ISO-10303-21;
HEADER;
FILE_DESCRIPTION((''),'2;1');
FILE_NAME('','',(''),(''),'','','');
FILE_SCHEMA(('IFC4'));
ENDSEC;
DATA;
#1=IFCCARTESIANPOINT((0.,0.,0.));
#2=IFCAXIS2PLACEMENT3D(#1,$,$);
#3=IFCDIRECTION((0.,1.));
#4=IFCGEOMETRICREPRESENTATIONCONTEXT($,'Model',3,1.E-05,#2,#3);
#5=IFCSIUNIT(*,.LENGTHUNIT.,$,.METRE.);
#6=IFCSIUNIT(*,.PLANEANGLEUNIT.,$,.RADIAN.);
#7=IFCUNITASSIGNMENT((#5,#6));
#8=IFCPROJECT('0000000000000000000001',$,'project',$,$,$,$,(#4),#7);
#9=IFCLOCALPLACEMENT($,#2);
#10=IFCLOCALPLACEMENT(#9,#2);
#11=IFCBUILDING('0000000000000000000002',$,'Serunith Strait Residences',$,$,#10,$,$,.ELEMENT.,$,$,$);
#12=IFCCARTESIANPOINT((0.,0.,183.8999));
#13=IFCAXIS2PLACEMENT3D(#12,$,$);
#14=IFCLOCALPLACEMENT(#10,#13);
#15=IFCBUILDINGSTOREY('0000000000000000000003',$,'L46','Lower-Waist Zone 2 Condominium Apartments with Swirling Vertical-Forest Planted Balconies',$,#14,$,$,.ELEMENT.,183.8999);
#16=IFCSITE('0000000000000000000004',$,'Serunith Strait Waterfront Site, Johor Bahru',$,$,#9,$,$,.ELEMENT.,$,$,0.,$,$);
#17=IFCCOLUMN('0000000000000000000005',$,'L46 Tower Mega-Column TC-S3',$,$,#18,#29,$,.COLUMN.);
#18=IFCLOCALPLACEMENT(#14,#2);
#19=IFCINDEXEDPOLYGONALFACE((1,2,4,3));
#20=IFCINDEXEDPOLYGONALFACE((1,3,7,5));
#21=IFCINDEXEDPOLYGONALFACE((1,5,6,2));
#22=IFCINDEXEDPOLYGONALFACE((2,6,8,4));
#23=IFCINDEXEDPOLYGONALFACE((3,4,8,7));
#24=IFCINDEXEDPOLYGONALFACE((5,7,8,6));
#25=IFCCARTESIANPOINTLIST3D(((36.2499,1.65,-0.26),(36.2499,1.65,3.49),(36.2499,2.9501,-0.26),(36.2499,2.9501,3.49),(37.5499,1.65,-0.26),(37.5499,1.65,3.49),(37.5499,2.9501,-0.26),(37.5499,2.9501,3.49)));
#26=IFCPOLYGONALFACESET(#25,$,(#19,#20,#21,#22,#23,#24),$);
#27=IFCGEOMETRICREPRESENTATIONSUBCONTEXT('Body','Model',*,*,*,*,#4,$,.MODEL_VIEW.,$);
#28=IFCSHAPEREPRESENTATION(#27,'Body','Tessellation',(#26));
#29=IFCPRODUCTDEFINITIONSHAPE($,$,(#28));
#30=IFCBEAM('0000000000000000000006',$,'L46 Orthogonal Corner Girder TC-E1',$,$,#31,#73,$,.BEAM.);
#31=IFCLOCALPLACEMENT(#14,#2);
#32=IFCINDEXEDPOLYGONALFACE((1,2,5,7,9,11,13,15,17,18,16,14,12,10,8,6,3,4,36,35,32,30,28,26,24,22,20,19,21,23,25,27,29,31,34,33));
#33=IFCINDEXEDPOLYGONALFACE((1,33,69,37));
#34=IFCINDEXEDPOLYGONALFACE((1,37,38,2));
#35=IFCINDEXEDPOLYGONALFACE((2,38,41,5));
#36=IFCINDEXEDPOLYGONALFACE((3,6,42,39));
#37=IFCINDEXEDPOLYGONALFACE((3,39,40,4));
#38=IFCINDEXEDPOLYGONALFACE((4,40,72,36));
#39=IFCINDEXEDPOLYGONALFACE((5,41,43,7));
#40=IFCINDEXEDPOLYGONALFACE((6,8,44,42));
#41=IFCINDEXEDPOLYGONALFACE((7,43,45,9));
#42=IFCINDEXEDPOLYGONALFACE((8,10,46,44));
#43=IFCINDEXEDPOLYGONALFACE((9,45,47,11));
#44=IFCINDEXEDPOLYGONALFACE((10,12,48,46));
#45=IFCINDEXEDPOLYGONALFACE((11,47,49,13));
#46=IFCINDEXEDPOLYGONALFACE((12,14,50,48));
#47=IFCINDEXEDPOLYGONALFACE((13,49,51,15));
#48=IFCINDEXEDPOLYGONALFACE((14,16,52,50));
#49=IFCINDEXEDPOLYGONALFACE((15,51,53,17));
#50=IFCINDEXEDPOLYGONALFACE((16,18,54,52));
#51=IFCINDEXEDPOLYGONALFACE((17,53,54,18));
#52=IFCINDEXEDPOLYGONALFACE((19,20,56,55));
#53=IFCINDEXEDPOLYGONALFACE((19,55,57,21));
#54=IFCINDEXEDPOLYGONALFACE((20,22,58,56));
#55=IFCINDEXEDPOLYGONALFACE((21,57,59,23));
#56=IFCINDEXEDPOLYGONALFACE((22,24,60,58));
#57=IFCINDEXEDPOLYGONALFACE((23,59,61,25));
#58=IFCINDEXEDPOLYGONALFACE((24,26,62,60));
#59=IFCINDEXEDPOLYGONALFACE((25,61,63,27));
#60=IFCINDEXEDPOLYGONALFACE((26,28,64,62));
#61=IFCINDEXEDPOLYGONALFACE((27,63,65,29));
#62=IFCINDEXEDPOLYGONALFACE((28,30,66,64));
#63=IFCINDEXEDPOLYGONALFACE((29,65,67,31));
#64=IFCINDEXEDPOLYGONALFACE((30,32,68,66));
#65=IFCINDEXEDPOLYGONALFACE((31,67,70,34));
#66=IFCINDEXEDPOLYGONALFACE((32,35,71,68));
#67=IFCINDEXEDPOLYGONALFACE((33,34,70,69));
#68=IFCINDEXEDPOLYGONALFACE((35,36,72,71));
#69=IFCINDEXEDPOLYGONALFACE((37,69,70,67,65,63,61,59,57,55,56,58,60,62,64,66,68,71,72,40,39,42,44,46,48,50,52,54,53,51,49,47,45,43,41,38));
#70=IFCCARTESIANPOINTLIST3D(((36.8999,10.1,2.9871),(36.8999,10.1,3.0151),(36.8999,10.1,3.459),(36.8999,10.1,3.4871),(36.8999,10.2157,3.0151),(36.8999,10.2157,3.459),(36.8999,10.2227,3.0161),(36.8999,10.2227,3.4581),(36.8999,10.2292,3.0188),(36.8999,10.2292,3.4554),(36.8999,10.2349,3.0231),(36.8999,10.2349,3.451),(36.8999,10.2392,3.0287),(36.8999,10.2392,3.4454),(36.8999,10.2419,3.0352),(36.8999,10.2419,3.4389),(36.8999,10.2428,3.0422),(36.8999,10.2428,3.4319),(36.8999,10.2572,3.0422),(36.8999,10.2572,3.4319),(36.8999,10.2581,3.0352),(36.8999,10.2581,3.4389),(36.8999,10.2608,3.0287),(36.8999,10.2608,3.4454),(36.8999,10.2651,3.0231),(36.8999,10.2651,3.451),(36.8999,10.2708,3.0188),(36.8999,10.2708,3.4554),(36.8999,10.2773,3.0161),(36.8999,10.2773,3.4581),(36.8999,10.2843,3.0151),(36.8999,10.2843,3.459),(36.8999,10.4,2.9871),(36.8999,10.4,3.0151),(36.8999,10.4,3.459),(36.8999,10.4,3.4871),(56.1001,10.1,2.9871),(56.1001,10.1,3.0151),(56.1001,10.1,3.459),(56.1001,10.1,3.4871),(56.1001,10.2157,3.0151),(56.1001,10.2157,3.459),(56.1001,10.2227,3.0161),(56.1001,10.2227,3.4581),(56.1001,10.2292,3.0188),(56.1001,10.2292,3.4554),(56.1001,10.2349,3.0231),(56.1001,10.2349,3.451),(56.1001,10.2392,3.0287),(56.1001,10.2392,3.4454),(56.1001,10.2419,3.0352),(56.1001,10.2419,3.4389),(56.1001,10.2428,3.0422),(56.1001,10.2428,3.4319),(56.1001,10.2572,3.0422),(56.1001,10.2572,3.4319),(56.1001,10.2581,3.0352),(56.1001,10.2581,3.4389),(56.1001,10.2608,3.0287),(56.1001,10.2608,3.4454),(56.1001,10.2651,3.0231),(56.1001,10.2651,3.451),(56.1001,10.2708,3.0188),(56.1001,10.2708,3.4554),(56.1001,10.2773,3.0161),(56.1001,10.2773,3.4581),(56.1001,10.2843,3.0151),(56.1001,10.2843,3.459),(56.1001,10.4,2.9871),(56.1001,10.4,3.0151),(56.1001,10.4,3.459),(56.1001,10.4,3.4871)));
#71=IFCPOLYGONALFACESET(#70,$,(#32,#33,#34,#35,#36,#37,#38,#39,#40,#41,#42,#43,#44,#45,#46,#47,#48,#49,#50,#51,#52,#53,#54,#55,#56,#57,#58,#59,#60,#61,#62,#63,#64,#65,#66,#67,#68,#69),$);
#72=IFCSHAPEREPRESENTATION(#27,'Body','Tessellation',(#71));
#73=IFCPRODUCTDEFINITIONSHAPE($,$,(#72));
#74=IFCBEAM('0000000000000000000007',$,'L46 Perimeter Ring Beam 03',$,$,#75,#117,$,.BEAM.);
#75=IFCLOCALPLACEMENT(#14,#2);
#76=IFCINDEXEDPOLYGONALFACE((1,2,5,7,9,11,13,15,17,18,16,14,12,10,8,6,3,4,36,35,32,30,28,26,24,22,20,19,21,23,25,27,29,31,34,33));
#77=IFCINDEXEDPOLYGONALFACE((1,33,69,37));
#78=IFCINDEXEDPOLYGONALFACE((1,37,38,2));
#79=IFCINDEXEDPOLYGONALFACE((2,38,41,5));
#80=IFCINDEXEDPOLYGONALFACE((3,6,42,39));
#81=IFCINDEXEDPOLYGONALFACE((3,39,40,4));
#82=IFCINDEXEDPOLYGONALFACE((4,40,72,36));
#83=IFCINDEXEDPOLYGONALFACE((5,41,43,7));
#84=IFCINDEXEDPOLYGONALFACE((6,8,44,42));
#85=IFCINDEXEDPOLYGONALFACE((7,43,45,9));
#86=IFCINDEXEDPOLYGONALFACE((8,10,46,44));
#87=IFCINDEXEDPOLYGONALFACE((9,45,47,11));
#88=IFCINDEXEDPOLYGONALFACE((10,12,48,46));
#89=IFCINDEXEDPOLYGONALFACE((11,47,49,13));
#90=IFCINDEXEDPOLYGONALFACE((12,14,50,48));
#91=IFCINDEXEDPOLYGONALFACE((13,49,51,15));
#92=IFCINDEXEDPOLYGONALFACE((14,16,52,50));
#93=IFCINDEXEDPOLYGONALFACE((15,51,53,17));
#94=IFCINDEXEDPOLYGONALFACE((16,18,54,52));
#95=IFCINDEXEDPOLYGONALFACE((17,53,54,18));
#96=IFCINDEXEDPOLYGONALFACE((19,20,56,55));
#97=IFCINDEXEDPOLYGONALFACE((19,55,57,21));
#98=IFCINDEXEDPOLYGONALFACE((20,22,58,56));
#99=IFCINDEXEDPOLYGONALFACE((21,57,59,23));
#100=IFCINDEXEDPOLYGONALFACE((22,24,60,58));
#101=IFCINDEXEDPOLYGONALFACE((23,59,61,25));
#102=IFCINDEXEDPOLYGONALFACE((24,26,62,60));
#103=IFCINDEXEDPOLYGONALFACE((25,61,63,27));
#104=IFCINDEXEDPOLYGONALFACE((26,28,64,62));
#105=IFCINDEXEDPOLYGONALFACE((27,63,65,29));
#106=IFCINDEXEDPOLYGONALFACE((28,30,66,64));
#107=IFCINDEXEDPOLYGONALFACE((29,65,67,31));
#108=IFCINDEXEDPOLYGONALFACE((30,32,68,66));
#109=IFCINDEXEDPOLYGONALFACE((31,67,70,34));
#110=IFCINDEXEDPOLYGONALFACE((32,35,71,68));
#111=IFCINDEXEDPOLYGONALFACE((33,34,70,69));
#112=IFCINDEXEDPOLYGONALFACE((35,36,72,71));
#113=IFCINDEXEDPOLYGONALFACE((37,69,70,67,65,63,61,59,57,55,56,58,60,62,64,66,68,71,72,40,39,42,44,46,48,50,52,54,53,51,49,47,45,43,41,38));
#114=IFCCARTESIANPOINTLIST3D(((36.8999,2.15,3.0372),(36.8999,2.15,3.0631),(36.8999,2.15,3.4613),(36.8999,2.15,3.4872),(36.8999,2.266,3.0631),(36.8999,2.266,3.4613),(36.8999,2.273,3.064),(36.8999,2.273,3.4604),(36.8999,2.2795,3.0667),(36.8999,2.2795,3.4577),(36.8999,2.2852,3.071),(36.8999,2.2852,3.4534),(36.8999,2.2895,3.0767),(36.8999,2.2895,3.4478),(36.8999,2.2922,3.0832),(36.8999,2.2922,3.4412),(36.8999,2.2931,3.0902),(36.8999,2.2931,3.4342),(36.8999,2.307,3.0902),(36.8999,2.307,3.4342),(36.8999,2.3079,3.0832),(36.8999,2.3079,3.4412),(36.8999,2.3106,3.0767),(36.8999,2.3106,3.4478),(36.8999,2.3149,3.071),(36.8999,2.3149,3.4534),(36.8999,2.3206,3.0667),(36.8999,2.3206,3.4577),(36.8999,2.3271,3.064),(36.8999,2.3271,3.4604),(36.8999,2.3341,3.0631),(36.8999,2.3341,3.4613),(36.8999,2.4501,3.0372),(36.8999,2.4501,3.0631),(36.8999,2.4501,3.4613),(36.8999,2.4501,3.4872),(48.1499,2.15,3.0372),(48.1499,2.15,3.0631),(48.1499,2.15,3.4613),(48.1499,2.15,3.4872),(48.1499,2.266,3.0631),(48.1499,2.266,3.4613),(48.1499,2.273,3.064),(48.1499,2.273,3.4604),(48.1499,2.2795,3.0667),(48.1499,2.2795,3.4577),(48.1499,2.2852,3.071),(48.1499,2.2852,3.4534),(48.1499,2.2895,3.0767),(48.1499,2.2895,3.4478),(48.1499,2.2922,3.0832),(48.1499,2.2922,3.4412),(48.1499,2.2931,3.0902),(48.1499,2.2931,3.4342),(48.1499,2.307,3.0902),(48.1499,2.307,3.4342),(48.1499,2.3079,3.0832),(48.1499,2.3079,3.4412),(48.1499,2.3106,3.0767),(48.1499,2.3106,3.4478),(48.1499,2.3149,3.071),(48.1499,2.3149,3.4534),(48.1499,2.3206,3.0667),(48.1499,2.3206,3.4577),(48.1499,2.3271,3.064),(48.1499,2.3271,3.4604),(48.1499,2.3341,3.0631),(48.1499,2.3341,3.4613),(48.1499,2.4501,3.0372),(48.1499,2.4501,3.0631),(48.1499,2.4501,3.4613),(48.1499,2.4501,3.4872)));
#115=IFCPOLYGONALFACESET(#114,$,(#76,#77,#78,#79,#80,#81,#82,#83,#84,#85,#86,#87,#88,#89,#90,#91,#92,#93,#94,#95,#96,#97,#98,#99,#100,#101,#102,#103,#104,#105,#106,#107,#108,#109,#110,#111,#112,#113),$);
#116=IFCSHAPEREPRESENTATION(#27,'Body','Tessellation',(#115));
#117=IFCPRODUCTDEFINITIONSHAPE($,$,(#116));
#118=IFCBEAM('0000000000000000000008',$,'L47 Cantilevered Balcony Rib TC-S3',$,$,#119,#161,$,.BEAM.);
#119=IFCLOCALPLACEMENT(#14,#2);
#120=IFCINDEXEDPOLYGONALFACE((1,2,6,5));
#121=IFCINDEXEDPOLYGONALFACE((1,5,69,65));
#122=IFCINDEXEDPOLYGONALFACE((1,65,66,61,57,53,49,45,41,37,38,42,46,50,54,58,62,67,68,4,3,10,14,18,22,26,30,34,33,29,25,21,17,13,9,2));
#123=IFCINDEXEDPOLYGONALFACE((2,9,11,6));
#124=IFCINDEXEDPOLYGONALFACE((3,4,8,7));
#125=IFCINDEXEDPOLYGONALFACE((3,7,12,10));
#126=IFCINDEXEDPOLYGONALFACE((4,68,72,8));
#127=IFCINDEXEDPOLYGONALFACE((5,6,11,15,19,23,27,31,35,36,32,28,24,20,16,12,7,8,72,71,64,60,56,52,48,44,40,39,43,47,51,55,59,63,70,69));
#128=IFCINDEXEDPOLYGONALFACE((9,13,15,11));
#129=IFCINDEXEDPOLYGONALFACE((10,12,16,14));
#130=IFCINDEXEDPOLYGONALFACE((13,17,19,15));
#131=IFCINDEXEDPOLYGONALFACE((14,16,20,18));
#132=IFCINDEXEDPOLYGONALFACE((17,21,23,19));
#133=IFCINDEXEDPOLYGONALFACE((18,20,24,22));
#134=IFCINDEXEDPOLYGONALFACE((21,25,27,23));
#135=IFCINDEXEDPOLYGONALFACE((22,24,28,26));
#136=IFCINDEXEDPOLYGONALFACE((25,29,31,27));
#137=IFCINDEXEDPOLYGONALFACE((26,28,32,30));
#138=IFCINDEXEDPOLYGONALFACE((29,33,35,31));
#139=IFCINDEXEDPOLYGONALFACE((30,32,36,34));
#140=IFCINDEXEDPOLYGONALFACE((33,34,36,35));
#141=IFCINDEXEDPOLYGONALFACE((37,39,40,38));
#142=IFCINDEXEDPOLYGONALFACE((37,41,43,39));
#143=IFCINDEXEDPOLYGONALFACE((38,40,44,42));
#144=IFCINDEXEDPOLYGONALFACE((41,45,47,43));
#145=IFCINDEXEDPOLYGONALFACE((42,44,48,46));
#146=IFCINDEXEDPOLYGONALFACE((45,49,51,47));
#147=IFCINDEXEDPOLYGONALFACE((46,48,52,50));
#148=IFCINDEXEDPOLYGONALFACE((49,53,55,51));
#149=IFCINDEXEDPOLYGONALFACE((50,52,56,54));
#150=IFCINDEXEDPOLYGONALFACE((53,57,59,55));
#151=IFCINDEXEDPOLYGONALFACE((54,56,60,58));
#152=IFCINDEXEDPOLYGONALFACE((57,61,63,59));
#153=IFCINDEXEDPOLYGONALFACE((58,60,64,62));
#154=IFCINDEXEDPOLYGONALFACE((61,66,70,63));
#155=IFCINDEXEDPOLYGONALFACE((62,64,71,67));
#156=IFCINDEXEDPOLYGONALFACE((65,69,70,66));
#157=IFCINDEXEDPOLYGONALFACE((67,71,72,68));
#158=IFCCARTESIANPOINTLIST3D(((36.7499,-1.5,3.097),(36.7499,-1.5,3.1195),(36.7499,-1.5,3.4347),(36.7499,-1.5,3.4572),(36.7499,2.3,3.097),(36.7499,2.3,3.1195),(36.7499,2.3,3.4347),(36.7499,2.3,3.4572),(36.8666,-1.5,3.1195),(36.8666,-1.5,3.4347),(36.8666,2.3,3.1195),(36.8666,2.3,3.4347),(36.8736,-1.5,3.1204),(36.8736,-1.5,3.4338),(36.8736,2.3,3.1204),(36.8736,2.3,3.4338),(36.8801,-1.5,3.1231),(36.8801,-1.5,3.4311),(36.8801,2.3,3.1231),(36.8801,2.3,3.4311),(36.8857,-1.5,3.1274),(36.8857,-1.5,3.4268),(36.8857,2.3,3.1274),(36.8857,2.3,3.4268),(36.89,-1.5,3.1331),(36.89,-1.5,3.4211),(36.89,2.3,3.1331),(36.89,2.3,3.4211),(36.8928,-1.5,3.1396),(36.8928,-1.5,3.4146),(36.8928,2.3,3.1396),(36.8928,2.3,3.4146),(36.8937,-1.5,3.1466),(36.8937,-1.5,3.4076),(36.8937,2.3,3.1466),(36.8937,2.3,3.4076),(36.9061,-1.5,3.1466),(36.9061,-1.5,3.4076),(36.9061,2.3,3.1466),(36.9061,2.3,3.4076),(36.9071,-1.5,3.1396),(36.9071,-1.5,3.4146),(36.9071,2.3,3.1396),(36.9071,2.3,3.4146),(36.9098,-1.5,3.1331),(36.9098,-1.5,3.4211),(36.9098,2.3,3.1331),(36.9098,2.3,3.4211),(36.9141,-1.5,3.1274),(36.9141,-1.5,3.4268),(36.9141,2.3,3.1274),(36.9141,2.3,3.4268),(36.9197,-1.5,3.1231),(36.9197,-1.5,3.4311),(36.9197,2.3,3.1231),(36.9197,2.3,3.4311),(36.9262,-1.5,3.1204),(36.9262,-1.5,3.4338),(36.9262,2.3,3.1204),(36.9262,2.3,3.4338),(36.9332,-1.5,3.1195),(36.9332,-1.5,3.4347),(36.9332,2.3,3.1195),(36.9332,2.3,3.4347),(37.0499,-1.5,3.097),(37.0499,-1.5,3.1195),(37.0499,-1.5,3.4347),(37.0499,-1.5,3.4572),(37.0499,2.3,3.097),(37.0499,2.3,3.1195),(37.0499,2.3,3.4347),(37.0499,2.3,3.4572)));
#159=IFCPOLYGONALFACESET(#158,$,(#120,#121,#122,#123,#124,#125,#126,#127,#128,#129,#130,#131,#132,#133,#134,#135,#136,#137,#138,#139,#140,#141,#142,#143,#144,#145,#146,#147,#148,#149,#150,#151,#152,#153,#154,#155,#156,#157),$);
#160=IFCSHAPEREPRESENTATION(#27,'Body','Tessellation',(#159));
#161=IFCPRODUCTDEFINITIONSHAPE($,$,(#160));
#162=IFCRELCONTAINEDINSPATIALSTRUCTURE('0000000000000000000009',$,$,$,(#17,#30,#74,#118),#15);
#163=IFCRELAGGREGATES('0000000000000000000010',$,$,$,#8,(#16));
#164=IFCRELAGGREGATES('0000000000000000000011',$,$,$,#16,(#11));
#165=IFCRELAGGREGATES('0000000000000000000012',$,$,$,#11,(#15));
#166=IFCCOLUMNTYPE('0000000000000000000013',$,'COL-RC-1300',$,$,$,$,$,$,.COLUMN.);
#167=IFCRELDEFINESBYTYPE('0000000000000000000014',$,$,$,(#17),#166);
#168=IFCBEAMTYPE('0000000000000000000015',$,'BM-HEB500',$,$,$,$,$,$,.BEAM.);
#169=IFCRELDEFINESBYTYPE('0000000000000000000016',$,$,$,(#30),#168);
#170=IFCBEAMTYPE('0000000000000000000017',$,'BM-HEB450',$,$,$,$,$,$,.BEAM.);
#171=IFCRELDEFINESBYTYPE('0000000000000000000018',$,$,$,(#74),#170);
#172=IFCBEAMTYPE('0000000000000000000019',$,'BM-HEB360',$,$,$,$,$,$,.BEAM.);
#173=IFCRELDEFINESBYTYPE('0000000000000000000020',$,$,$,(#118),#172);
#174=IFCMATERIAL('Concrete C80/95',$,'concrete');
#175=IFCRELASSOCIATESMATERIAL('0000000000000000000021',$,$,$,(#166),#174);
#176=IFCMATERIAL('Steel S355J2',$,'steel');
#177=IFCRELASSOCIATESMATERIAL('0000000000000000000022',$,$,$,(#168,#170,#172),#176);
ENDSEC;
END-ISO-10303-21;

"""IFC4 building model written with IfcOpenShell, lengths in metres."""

from ifc_helpers import new_model, si_unit, direction, frame, origin, origin_2d, place, context, subcontext, project, spatial, rectangle, i_section, extrude, source, transform, mapped, material, material_profile, profile_set, type_object, element, save


model = new_model("IFC4")

# Units and contexts
model_context = context("Model", 3, precision=1e-05, world=origin(), true_north=direction((0.0, 1.0)))
body_context = subcontext(model_context, "Body", "Model", "MODEL_VIEW")
ifc_project = project(units=[si_unit("LENGTHUNIT", "METRE"), si_unit("PLANEANGLEUNIT", "RADIAN")], contexts=[model_context])

# Site, building, storey
site_placement = place(None, origin())
site = spatial("IfcSite", under=ifc_project, at=site_placement, Name="Serunith Strait Waterfront Site, Johor Bahru", CompositionType="ELEMENT", RefElevation=0.0)
building_placement = place(site_placement, origin())
building = spatial("IfcBuilding", under=site, at=building_placement, Name="Serunith Strait Residences", CompositionType="ELEMENT")
storey_placement = place(building_placement, frame((0.0, 0.0, 183.8999)))
storey = spatial("IfcBuildingStorey", under=building, at=storey_placement, Name="L46", Description="Lower-Waist Zone 2 Condominium Apartments with Swirling Vertical-Forest Planted Balconies", CompositionType="ELEMENT", Elevation=183.8999)

# Column
ifc_material_1 = material(Name="Concrete C80/95", Category="concrete")
ifc_material_profile_1 = material_profile(ifc_material_1, rectangle(XDim=1.3, YDim=1.3, at=origin_2d()), Name="RC 1300x1300")
ifc_profile_set_1 = profile_set([ifc_material_profile_1], Name="Concrete C80/95")
column_type = type_object("IfcColumnType", Name="COL-RC-1300", PredefinedType="COLUMN", material=ifc_profile_set_1)
shared_shape_1 = source(origin(), body_context, "Body", "SweptSolid", [
    extrude(rectangle(XDim=1.3, YDim=1.3, at=origin_2d()), origin(), (0.0, 0.0, 1.0), 3.75),
])
column_placement = place(storey_placement, frame((36.8999, 2.3, -0.26), z_axis=(0.0, 0.0, 1.0), x_axis=(1.0, 0.0, 0.0)))
element("IfcColumn", 1, at=column_placement, inside=storey, type_object=column_type, Name="L46 Tower Mega-Column TC-S3", PredefinedType="COLUMN", context=body_context, shape_type="MappedRepresentation", body=[
    mapped(shared_shape_1, transform((0.0, 0.0, 0.0), scale=1.0)),
])

# Beams
ifc_material_2 = material(Name="Steel S355J2", Category="steel")
ifc_material_profile_2 = material_profile(ifc_material_2, i_section(OverallWidth=0.3, OverallDepth=0.5, WebThickness=0.0144, FlangeThickness=0.0281, FilletRadius=0.0271, at=origin_2d()), Name="HEB 500")
ifc_profile_set_2 = profile_set([ifc_material_profile_2], Name="Steel S355J2")
beam_type_1 = type_object("IfcBeamType", Name="BM-HEB500", PredefinedType="BEAM", material=ifc_profile_set_2)
shared_shape_2 = source(origin(), body_context, "Body", "SweptSolid", [
    extrude(i_section(OverallWidth=0.3, OverallDepth=0.5, WebThickness=0.0144, FlangeThickness=0.0281, FilletRadius=0.0271, at=origin_2d()), origin(), (0.0, 0.0, 1.0), 19.2002),
])
beam_1_placement = place(storey_placement, frame((36.8999, 10.25, 3.2371), z_axis=(1.0, 0.0, 0.0), x_axis=(0.0, 1.0, 0.0)))
element("IfcBeam", 2, at=beam_1_placement, inside=storey, type_object=beam_type_1, Name="L46 Orthogonal Corner Girder TC-E1", PredefinedType="BEAM", context=body_context, shape_type="MappedRepresentation", body=[
    mapped(shared_shape_2, transform((0.0, 0.0, 0.0), scale=1.0)),
])
ifc_material_profile_3 = material_profile(ifc_material_2, i_section(OverallWidth=0.3, OverallDepth=0.45, WebThickness=0.0139, FlangeThickness=0.0259, FilletRadius=0.0271, at=origin_2d()), Name="HEB 450")
ifc_profile_set_3 = profile_set([ifc_material_profile_3], Name="Steel S355J2")
beam_type_2 = type_object("IfcBeamType", Name="BM-HEB450", PredefinedType="BEAM", material=ifc_profile_set_3)
shared_shape_3 = source(origin(), body_context, "Body", "SweptSolid", [
    extrude(i_section(OverallWidth=0.3, OverallDepth=0.45, WebThickness=0.0139, FlangeThickness=0.0259, FilletRadius=0.0271, at=origin_2d()), origin(), (0.0, 0.0, 1.0), 11.25),
])
beam_2_placement = place(storey_placement, frame((36.8999, 2.3, 3.2622), z_axis=(1.0, 0.0, 0.0), x_axis=(0.0, 1.0, 0.0)))
element("IfcBeam", 3, at=beam_2_placement, inside=storey, type_object=beam_type_2, Name="L46 Perimeter Ring Beam 03", PredefinedType="BEAM", context=body_context, shape_type="MappedRepresentation", body=[
    mapped(shared_shape_3, transform((0.0, 0.0, 0.0), scale=1.0)),
])
ifc_material_profile_4 = material_profile(ifc_material_2, i_section(OverallWidth=0.3, OverallDepth=0.3601, WebThickness=0.0125, FlangeThickness=0.0225, FilletRadius=0.0271, at=origin_2d()), Name="HEB 360")
ifc_profile_set_4 = profile_set([ifc_material_profile_4], Name="Steel S355J2")
beam_type_3 = type_object("IfcBeamType", Name="BM-HEB360", PredefinedType="BEAM", material=ifc_profile_set_4)
shared_shape_4 = source(origin(), body_context, "Body", "SweptSolid", [
    extrude(i_section(OverallWidth=0.3, OverallDepth=0.3601, WebThickness=0.0125, FlangeThickness=0.0225, FilletRadius=0.0271, at=origin_2d()), origin(), (0.0, 0.0, 1.0), 3.8),
])
beam_3_placement = place(storey_placement, frame((36.8999, 2.3, 3.2771), z_axis=(0.0, -1.0, 0.0), x_axis=(1.0, 0.0, 0.0)))
element("IfcBeam", 4, at=beam_3_placement, inside=storey, type_object=beam_type_3, Name="L47 Cantilevered Balcony Rib TC-S3", PredefinedType="BEAM", context=body_context, shape_type="MappedRepresentation", body=[
    mapped(shared_shape_4, transform((0.0, 0.0, 0.0), scale=1.0)),
])

save(model, "model.ifc")
